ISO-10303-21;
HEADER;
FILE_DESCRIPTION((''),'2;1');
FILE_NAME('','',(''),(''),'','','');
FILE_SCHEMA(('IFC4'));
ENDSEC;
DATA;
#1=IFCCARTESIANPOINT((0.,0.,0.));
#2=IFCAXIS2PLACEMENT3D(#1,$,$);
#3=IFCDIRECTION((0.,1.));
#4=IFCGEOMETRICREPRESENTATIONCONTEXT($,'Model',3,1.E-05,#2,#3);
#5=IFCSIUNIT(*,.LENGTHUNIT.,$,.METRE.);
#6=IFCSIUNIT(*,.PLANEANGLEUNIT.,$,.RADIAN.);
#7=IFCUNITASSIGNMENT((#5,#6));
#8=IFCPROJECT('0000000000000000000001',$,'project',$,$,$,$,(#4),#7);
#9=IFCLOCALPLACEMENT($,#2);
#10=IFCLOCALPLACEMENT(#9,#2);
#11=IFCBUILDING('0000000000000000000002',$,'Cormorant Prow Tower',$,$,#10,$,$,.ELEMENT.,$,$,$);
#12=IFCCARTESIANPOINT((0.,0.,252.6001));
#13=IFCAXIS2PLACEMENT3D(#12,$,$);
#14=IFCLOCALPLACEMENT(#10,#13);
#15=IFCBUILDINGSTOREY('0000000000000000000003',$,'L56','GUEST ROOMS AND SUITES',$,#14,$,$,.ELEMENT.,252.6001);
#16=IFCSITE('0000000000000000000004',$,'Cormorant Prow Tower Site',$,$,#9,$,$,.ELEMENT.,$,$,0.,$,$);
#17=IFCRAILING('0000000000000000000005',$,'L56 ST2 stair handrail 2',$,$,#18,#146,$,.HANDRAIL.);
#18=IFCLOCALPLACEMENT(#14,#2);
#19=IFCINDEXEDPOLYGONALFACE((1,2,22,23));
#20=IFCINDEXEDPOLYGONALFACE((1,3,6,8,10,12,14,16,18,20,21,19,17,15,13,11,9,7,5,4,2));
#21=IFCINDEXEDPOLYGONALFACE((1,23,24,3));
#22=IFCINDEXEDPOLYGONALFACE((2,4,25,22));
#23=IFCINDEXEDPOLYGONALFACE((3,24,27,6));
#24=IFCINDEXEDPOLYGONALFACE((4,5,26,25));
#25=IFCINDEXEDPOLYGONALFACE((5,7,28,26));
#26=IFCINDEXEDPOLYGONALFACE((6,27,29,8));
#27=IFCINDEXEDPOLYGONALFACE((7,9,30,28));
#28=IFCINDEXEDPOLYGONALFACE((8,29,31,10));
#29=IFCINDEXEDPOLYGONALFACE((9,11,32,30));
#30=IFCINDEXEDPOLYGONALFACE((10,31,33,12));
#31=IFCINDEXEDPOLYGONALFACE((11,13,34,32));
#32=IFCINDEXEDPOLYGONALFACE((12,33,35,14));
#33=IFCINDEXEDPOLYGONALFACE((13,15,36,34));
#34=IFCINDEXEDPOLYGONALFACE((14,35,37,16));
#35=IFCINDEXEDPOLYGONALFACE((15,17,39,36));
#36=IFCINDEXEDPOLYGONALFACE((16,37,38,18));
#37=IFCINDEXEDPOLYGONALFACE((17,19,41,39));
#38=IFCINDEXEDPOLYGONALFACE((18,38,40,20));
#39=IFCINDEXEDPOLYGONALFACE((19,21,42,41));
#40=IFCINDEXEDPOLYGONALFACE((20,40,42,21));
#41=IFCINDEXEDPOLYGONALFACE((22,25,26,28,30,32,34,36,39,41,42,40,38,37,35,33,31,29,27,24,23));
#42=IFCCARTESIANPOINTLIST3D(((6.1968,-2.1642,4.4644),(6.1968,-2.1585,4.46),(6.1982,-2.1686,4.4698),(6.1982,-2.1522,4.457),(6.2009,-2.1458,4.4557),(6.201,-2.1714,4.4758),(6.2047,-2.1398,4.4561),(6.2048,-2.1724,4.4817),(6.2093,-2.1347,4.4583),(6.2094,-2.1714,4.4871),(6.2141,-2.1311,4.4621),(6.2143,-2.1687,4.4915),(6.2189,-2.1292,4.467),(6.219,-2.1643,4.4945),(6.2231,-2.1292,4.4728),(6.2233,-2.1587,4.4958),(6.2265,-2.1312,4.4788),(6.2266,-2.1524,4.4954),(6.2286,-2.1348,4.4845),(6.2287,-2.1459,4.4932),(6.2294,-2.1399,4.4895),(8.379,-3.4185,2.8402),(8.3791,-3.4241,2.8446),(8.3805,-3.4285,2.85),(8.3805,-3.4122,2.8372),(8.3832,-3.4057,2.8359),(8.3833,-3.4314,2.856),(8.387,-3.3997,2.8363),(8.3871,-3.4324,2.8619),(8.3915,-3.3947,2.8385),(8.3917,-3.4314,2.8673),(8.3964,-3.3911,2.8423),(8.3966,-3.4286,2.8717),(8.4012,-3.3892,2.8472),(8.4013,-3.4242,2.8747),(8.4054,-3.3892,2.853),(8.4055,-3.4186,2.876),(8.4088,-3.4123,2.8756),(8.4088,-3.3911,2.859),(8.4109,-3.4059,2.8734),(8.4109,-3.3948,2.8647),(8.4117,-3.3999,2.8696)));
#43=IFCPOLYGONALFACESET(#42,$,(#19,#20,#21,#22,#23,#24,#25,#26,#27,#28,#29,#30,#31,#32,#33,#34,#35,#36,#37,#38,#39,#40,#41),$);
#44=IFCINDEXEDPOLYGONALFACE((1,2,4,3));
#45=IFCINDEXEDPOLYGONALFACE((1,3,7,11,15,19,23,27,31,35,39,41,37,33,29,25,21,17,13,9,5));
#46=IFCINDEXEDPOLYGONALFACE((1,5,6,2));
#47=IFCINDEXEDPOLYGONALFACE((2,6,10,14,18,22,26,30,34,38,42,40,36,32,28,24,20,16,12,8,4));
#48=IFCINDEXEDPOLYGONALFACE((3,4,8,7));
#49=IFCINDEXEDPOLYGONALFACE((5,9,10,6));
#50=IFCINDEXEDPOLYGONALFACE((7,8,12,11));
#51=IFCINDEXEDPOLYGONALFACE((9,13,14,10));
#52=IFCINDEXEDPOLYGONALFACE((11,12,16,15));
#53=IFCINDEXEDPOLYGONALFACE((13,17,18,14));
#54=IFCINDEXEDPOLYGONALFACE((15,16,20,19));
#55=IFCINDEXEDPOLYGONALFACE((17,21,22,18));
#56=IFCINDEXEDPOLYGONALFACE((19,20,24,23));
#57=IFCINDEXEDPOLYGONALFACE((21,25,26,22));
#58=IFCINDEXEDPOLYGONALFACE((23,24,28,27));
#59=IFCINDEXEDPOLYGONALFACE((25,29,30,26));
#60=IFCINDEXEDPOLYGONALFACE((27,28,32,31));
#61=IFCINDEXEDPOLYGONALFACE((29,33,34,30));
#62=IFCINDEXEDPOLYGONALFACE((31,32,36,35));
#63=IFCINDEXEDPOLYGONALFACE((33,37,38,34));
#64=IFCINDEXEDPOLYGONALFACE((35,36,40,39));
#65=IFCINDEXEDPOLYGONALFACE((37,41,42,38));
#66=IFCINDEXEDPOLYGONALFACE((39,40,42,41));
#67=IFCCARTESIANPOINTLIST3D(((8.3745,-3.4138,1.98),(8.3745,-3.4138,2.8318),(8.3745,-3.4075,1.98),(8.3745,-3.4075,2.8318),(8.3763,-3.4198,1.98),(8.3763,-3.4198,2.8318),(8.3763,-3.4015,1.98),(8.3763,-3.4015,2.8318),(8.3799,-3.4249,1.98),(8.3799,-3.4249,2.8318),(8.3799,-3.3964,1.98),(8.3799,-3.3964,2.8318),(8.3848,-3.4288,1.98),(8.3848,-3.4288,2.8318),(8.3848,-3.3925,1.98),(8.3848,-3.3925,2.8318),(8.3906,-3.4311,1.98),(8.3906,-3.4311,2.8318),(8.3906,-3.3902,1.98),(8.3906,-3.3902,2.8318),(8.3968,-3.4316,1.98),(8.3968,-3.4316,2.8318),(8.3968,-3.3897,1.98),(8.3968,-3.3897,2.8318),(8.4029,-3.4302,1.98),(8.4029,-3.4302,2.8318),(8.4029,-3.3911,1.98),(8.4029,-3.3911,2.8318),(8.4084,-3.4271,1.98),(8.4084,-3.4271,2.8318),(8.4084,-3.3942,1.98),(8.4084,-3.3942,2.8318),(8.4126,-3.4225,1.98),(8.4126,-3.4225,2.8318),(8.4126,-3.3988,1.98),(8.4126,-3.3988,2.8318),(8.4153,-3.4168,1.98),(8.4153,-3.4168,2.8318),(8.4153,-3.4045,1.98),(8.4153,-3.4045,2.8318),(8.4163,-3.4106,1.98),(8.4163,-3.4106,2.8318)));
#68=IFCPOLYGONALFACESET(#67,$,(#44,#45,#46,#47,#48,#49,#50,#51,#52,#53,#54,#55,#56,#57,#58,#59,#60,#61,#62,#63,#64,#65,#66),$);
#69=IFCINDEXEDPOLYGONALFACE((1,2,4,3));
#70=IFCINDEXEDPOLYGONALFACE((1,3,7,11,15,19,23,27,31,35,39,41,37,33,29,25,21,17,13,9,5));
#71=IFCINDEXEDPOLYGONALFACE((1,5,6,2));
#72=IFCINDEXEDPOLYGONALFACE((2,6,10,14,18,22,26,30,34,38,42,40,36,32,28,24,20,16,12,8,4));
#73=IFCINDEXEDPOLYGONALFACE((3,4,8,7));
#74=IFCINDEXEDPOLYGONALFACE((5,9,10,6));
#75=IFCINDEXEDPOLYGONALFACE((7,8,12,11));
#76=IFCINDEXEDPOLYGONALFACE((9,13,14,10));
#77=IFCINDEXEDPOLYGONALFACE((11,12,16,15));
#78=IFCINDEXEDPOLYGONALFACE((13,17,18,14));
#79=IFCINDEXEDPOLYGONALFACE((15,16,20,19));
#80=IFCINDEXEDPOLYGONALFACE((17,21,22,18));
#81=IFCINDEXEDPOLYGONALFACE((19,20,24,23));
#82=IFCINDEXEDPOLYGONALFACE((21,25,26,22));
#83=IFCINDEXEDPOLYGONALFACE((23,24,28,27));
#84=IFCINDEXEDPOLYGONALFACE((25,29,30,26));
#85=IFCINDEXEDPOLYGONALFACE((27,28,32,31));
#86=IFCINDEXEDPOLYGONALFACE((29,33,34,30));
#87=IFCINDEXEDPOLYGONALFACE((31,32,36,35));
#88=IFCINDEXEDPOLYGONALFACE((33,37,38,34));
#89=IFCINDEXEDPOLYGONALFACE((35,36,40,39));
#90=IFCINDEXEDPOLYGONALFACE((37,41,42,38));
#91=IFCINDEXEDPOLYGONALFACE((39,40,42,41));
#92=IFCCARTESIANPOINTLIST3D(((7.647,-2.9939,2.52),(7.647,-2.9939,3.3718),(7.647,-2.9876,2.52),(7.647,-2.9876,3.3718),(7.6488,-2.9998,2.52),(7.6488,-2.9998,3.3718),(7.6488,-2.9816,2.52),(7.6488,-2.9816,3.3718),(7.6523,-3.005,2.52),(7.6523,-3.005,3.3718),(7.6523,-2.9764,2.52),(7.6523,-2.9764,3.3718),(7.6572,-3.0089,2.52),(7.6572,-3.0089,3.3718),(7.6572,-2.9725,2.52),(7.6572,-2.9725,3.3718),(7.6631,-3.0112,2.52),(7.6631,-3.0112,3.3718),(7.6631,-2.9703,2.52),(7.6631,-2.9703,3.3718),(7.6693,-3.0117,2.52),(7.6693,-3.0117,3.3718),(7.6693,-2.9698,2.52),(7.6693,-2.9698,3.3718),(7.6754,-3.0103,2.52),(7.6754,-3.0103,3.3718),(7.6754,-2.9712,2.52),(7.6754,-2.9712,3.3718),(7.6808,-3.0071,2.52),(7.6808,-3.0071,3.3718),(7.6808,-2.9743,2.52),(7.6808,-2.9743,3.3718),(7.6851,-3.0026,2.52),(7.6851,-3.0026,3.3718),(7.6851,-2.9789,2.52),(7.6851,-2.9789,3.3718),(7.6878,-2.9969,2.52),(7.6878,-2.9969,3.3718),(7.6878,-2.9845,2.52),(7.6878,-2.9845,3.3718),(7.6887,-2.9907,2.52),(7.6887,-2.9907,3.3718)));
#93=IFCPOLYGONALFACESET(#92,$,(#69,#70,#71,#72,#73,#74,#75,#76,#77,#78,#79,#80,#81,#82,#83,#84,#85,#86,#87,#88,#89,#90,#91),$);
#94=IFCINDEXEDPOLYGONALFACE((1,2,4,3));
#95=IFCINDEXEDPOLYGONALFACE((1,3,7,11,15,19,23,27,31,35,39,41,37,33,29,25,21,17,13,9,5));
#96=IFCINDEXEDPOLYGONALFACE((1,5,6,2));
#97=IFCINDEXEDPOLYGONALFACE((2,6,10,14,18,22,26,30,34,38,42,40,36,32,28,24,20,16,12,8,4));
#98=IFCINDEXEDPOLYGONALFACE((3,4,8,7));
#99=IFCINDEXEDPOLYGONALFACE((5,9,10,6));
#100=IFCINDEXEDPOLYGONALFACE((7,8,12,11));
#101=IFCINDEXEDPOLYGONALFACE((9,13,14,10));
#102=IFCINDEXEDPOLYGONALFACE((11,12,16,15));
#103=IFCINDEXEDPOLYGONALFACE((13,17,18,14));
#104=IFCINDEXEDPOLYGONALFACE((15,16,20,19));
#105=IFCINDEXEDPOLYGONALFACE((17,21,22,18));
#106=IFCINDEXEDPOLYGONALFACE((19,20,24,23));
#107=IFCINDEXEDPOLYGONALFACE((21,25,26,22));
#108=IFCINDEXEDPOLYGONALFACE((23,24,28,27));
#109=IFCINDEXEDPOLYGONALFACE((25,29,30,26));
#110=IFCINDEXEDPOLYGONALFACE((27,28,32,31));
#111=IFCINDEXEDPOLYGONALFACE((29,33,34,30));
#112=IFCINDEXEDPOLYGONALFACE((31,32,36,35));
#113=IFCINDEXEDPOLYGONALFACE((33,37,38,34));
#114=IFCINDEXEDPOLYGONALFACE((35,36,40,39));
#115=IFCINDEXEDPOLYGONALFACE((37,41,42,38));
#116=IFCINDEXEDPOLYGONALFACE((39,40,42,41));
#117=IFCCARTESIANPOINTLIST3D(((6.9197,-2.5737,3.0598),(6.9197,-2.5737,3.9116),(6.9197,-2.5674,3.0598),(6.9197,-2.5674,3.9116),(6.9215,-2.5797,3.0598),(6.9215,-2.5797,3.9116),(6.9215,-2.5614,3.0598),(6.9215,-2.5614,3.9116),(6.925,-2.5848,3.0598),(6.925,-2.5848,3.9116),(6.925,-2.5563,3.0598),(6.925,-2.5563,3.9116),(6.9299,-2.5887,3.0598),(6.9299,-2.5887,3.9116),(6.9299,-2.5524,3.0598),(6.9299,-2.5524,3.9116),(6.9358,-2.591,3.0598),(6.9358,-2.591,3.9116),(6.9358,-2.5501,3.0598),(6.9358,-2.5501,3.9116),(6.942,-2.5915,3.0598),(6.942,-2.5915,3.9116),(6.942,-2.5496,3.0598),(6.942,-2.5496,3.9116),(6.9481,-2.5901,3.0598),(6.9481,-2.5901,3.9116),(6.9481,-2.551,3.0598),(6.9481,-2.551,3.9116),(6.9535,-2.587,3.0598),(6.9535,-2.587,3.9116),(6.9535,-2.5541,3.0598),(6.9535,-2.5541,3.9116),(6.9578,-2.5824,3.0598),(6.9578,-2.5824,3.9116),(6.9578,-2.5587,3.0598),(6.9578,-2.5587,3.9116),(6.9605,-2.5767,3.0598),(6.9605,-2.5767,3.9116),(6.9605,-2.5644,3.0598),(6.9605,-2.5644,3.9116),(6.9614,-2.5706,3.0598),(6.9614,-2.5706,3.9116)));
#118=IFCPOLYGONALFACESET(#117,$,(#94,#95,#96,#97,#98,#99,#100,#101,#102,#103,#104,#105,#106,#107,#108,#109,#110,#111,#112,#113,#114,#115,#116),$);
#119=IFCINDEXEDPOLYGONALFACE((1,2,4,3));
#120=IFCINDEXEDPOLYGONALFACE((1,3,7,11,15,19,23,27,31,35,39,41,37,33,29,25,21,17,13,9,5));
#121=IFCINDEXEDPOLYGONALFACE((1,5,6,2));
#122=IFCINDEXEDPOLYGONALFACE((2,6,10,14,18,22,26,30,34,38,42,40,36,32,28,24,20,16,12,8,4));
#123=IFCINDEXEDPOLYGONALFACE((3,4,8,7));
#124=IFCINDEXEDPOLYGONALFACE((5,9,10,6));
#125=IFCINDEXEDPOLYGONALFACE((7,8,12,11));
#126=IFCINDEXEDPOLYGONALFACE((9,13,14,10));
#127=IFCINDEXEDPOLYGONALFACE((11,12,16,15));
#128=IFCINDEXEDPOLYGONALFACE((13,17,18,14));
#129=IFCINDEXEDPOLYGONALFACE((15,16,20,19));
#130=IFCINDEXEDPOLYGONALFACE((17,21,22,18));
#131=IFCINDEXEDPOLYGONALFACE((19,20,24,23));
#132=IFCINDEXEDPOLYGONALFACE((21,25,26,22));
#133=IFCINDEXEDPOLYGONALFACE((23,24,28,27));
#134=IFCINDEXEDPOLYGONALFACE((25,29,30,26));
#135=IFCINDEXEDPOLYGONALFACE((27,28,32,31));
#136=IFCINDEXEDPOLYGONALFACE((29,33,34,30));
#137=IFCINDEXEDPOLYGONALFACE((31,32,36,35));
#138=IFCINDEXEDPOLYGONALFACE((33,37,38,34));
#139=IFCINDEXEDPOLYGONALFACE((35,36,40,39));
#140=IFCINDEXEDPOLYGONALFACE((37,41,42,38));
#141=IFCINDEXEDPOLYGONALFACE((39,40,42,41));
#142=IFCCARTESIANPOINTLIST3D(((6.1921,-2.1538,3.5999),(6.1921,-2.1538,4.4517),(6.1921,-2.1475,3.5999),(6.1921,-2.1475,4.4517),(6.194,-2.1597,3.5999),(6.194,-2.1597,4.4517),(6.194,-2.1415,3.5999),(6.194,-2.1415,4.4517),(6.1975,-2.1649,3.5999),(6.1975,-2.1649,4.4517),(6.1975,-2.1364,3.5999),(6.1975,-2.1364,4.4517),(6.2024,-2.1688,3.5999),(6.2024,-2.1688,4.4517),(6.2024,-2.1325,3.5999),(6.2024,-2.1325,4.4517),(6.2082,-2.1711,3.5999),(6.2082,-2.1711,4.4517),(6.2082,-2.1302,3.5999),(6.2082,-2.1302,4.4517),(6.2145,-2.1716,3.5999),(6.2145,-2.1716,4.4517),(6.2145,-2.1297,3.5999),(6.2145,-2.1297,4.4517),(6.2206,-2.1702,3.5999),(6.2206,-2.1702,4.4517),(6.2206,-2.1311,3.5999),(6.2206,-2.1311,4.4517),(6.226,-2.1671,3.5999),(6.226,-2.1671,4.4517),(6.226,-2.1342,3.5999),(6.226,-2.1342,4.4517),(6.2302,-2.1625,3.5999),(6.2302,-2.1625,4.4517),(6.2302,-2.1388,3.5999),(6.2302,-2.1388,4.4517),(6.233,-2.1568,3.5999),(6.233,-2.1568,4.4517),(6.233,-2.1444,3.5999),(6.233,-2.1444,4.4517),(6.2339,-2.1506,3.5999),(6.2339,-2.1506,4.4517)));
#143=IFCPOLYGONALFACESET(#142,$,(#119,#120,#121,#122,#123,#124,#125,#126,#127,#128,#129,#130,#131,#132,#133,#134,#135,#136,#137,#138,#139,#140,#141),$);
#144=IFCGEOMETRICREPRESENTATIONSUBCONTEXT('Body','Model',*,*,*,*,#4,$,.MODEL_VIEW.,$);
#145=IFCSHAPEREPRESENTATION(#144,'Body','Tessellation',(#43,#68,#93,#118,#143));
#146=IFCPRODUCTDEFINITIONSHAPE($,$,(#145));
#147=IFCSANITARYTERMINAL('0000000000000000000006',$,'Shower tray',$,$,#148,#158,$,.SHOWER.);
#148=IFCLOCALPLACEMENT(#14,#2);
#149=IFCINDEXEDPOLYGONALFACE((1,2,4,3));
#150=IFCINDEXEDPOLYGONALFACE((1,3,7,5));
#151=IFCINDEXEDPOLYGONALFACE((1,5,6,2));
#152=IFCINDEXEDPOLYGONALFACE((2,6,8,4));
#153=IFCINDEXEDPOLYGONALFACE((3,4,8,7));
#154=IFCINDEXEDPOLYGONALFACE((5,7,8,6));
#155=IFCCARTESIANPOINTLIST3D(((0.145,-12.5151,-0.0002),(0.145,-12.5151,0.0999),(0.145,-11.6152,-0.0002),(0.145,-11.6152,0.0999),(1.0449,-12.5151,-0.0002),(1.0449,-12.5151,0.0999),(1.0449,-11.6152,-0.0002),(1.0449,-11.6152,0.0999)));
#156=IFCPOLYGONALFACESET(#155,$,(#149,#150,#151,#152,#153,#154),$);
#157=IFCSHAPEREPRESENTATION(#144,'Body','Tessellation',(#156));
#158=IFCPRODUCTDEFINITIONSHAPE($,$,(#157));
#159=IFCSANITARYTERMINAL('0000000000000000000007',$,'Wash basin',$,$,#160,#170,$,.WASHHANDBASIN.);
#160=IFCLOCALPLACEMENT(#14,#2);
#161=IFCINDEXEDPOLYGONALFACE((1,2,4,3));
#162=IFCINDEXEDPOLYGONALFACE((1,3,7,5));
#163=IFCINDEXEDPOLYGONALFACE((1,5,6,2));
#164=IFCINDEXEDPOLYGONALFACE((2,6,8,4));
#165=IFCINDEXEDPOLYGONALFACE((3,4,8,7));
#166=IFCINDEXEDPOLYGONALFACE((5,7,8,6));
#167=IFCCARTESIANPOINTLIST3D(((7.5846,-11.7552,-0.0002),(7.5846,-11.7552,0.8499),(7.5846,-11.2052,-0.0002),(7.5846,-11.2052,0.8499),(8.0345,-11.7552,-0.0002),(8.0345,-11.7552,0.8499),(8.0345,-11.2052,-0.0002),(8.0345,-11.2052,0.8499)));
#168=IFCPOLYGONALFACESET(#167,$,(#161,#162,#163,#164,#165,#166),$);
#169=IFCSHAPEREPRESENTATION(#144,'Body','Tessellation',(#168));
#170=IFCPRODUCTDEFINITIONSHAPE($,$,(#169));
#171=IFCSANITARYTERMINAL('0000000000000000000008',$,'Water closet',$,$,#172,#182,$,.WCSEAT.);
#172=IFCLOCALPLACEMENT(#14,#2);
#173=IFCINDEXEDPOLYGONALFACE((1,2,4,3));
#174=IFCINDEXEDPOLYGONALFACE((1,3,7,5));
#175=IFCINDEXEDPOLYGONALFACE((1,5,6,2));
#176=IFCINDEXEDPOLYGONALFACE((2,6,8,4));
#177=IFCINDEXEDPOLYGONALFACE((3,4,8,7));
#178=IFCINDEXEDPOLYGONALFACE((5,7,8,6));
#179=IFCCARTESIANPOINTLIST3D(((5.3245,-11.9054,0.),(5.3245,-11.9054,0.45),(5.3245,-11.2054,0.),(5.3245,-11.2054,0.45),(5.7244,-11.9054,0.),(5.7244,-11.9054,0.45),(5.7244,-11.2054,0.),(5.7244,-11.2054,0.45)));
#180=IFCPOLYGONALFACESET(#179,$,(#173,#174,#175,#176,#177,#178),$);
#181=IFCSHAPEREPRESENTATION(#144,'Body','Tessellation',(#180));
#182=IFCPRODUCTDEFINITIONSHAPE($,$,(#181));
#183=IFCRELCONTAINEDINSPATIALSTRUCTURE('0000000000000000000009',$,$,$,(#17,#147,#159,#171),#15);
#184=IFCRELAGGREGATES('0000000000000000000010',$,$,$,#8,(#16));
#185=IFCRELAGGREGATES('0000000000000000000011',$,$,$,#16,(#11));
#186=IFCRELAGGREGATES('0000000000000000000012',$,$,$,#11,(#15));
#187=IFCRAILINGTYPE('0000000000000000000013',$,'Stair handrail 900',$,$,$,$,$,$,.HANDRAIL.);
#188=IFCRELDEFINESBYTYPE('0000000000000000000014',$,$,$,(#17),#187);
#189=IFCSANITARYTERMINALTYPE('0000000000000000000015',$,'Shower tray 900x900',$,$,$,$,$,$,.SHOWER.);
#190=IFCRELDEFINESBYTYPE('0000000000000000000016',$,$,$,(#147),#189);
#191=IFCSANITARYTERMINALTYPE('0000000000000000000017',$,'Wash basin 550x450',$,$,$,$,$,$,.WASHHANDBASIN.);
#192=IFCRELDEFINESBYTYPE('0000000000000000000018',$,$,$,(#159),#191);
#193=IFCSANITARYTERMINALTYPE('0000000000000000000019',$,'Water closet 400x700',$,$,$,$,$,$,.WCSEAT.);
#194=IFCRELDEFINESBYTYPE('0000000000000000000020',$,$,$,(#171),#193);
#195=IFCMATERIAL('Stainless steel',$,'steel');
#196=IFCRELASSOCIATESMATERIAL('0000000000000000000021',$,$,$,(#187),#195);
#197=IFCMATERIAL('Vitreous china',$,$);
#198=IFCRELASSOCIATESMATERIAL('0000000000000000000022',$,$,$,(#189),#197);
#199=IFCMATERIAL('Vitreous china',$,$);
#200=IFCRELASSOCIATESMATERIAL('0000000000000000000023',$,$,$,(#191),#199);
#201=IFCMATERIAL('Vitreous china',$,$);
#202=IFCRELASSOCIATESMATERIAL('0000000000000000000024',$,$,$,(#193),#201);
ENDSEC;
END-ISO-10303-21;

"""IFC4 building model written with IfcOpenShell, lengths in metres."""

from ifc_helpers import new_model, si_unit, direction, frame, origin, origin_2d, place, context, subcontext, project, spatial, rectangle, circle, extrude, material, type_object, element, save


model = new_model("IFC4")

# Units and contexts
model_context = context("Model", 3, precision=1e-05, world=origin(), true_north=direction((0.0, 1.0)))
body_context = subcontext(model_context, "Body", "Model", "MODEL_VIEW")
ifc_project = project(units=[si_unit("LENGTHUNIT", "METRE"), si_unit("PLANEANGLEUNIT", "RADIAN")], contexts=[model_context])

# Site, building, storey
site_placement = place(None, origin())
site = spatial("IfcSite", under=ifc_project, at=site_placement, Name="Cormorant Prow Tower Site", CompositionType="ELEMENT", RefElevation=0.0)
building_placement = place(site_placement, origin())
building = spatial("IfcBuilding", under=site, at=building_placement, Name="Cormorant Prow Tower", CompositionType="ELEMENT")
storey_placement = place(building_placement, frame((0.0, 0.0, 252.6001)))
storey = spatial("IfcBuildingStorey", under=building, at=storey_placement, Name="L56", Description="GUEST ROOMS AND SUITES", CompositionType="ELEMENT", Elevation=252.6001)

# Railing
ifc_material_1 = material(Name="Stainless steel", Category="steel")
railing_type_1 = type_object("IfcRailingType", Name="Stair handrail 900", PredefinedType="HANDRAIL", material=ifc_material_1)
railing_1_placement = place(storey_placement, frame((8.3953, -3.4106, 1.98)))
element("IfcRailing", 1, at=railing_1_placement, inside=storey, type_object=railing_type_1, Name="L56 ST2 stair handrail 2", PredefinedType="HANDRAIL", context=body_context, shape_type="SweptSolid", body=[
    extrude(circle(Radius=0.0239, at=origin_2d()), frame((0.0, 0.0, 0.876), z_axis=(-0.728496, 0.420603, 0.540728), x_axis=(-0.500005, -0.866023, 0.0)), (0.0, 0.0, 1.0), 2.9956),
    extrude(circle(Radius=0.021, at=origin_2d()), origin(), (0.0, 0.0, 1.0), 0.8518),
    extrude(circle(Radius=0.021, at=origin_2d()), frame((-0.7275, 0.4199, 0.54)), (0.0, 0.0, 1.0), 0.8518),
    extrude(circle(Radius=0.021, at=origin_2d()), frame((-1.4548, 0.8401, 1.0798)), (0.0, 0.0, 1.0), 0.8518),
    extrude(circle(Radius=0.021, at=origin_2d()), frame((-2.1824, 1.26, 1.6199)), (0.0, 0.0, 1.0), 0.8518),
])

# Sanitary terminals
ifc_material_2 = material(Name="Vitreous china")
sanitary_terminal_type_1 = type_object("IfcSanitaryTerminalType", Name="Shower tray 900x900", PredefinedType="SHOWER", material=ifc_material_2)
sanitary_terminal_1_placement = place(storey_placement, frame((0.595, -12.0652, -0.0002), z_axis=(0.0, 0.0, 1.0), x_axis=(1.0, 0.0, 0.0)))
element("IfcSanitaryTerminal", 2, at=sanitary_terminal_1_placement, inside=storey, type_object=sanitary_terminal_type_1, Name="Shower tray", PredefinedType="SHOWER", context=body_context, shape_type="SweptSolid", body=[
    extrude(rectangle(XDim=0.8999, YDim=0.8999, at=origin_2d()), origin(), (0.0, 0.0, 1.0), 0.1001),
])
ifc_material_3 = material(Name="Vitreous china")
sanitary_terminal_type_2 = type_object("IfcSanitaryTerminalType", Name="Wash basin 550x450", PredefinedType="WASHHANDBASIN", material=ifc_material_3)
sanitary_terminal_2_placement = place(storey_placement, frame((7.8096, -11.4802, -0.0002), z_axis=(0.0, 0.0, 1.0), x_axis=(0.0, -1.0, 0.0)))
element("IfcSanitaryTerminal", 3, at=sanitary_terminal_2_placement, inside=storey, type_object=sanitary_terminal_type_2, Name="Wash basin", PredefinedType="WASHHANDBASIN", context=body_context, shape_type="SweptSolid", body=[
    extrude(rectangle(XDim=0.55, YDim=0.45, at=origin_2d()), origin(), (0.0, 0.0, 1.0), 0.8501),
])
ifc_material_4 = material(Name="Vitreous china")
sanitary_terminal_type_3 = type_object("IfcSanitaryTerminalType", Name="Water closet 400x700", PredefinedType="WCSEAT", material=ifc_material_4)
sanitary_terminal_3_placement = place(storey_placement, frame((5.5244, -11.5554, 0.0), z_axis=(0.0, 0.0, 1.0), x_axis=(1.0, 0.0, 0.0)))
element("IfcSanitaryTerminal", 4, at=sanitary_terminal_3_placement, inside=storey, type_object=sanitary_terminal_type_3, Name="Water closet", PredefinedType="WCSEAT", context=body_context, shape_type="SweptSolid", body=[
    extrude(rectangle(XDim=0.3999, YDim=0.7, at=origin_2d()), origin(), (0.0, 0.0, 1.0), 0.45),
])

save(model, "model.ifc")
